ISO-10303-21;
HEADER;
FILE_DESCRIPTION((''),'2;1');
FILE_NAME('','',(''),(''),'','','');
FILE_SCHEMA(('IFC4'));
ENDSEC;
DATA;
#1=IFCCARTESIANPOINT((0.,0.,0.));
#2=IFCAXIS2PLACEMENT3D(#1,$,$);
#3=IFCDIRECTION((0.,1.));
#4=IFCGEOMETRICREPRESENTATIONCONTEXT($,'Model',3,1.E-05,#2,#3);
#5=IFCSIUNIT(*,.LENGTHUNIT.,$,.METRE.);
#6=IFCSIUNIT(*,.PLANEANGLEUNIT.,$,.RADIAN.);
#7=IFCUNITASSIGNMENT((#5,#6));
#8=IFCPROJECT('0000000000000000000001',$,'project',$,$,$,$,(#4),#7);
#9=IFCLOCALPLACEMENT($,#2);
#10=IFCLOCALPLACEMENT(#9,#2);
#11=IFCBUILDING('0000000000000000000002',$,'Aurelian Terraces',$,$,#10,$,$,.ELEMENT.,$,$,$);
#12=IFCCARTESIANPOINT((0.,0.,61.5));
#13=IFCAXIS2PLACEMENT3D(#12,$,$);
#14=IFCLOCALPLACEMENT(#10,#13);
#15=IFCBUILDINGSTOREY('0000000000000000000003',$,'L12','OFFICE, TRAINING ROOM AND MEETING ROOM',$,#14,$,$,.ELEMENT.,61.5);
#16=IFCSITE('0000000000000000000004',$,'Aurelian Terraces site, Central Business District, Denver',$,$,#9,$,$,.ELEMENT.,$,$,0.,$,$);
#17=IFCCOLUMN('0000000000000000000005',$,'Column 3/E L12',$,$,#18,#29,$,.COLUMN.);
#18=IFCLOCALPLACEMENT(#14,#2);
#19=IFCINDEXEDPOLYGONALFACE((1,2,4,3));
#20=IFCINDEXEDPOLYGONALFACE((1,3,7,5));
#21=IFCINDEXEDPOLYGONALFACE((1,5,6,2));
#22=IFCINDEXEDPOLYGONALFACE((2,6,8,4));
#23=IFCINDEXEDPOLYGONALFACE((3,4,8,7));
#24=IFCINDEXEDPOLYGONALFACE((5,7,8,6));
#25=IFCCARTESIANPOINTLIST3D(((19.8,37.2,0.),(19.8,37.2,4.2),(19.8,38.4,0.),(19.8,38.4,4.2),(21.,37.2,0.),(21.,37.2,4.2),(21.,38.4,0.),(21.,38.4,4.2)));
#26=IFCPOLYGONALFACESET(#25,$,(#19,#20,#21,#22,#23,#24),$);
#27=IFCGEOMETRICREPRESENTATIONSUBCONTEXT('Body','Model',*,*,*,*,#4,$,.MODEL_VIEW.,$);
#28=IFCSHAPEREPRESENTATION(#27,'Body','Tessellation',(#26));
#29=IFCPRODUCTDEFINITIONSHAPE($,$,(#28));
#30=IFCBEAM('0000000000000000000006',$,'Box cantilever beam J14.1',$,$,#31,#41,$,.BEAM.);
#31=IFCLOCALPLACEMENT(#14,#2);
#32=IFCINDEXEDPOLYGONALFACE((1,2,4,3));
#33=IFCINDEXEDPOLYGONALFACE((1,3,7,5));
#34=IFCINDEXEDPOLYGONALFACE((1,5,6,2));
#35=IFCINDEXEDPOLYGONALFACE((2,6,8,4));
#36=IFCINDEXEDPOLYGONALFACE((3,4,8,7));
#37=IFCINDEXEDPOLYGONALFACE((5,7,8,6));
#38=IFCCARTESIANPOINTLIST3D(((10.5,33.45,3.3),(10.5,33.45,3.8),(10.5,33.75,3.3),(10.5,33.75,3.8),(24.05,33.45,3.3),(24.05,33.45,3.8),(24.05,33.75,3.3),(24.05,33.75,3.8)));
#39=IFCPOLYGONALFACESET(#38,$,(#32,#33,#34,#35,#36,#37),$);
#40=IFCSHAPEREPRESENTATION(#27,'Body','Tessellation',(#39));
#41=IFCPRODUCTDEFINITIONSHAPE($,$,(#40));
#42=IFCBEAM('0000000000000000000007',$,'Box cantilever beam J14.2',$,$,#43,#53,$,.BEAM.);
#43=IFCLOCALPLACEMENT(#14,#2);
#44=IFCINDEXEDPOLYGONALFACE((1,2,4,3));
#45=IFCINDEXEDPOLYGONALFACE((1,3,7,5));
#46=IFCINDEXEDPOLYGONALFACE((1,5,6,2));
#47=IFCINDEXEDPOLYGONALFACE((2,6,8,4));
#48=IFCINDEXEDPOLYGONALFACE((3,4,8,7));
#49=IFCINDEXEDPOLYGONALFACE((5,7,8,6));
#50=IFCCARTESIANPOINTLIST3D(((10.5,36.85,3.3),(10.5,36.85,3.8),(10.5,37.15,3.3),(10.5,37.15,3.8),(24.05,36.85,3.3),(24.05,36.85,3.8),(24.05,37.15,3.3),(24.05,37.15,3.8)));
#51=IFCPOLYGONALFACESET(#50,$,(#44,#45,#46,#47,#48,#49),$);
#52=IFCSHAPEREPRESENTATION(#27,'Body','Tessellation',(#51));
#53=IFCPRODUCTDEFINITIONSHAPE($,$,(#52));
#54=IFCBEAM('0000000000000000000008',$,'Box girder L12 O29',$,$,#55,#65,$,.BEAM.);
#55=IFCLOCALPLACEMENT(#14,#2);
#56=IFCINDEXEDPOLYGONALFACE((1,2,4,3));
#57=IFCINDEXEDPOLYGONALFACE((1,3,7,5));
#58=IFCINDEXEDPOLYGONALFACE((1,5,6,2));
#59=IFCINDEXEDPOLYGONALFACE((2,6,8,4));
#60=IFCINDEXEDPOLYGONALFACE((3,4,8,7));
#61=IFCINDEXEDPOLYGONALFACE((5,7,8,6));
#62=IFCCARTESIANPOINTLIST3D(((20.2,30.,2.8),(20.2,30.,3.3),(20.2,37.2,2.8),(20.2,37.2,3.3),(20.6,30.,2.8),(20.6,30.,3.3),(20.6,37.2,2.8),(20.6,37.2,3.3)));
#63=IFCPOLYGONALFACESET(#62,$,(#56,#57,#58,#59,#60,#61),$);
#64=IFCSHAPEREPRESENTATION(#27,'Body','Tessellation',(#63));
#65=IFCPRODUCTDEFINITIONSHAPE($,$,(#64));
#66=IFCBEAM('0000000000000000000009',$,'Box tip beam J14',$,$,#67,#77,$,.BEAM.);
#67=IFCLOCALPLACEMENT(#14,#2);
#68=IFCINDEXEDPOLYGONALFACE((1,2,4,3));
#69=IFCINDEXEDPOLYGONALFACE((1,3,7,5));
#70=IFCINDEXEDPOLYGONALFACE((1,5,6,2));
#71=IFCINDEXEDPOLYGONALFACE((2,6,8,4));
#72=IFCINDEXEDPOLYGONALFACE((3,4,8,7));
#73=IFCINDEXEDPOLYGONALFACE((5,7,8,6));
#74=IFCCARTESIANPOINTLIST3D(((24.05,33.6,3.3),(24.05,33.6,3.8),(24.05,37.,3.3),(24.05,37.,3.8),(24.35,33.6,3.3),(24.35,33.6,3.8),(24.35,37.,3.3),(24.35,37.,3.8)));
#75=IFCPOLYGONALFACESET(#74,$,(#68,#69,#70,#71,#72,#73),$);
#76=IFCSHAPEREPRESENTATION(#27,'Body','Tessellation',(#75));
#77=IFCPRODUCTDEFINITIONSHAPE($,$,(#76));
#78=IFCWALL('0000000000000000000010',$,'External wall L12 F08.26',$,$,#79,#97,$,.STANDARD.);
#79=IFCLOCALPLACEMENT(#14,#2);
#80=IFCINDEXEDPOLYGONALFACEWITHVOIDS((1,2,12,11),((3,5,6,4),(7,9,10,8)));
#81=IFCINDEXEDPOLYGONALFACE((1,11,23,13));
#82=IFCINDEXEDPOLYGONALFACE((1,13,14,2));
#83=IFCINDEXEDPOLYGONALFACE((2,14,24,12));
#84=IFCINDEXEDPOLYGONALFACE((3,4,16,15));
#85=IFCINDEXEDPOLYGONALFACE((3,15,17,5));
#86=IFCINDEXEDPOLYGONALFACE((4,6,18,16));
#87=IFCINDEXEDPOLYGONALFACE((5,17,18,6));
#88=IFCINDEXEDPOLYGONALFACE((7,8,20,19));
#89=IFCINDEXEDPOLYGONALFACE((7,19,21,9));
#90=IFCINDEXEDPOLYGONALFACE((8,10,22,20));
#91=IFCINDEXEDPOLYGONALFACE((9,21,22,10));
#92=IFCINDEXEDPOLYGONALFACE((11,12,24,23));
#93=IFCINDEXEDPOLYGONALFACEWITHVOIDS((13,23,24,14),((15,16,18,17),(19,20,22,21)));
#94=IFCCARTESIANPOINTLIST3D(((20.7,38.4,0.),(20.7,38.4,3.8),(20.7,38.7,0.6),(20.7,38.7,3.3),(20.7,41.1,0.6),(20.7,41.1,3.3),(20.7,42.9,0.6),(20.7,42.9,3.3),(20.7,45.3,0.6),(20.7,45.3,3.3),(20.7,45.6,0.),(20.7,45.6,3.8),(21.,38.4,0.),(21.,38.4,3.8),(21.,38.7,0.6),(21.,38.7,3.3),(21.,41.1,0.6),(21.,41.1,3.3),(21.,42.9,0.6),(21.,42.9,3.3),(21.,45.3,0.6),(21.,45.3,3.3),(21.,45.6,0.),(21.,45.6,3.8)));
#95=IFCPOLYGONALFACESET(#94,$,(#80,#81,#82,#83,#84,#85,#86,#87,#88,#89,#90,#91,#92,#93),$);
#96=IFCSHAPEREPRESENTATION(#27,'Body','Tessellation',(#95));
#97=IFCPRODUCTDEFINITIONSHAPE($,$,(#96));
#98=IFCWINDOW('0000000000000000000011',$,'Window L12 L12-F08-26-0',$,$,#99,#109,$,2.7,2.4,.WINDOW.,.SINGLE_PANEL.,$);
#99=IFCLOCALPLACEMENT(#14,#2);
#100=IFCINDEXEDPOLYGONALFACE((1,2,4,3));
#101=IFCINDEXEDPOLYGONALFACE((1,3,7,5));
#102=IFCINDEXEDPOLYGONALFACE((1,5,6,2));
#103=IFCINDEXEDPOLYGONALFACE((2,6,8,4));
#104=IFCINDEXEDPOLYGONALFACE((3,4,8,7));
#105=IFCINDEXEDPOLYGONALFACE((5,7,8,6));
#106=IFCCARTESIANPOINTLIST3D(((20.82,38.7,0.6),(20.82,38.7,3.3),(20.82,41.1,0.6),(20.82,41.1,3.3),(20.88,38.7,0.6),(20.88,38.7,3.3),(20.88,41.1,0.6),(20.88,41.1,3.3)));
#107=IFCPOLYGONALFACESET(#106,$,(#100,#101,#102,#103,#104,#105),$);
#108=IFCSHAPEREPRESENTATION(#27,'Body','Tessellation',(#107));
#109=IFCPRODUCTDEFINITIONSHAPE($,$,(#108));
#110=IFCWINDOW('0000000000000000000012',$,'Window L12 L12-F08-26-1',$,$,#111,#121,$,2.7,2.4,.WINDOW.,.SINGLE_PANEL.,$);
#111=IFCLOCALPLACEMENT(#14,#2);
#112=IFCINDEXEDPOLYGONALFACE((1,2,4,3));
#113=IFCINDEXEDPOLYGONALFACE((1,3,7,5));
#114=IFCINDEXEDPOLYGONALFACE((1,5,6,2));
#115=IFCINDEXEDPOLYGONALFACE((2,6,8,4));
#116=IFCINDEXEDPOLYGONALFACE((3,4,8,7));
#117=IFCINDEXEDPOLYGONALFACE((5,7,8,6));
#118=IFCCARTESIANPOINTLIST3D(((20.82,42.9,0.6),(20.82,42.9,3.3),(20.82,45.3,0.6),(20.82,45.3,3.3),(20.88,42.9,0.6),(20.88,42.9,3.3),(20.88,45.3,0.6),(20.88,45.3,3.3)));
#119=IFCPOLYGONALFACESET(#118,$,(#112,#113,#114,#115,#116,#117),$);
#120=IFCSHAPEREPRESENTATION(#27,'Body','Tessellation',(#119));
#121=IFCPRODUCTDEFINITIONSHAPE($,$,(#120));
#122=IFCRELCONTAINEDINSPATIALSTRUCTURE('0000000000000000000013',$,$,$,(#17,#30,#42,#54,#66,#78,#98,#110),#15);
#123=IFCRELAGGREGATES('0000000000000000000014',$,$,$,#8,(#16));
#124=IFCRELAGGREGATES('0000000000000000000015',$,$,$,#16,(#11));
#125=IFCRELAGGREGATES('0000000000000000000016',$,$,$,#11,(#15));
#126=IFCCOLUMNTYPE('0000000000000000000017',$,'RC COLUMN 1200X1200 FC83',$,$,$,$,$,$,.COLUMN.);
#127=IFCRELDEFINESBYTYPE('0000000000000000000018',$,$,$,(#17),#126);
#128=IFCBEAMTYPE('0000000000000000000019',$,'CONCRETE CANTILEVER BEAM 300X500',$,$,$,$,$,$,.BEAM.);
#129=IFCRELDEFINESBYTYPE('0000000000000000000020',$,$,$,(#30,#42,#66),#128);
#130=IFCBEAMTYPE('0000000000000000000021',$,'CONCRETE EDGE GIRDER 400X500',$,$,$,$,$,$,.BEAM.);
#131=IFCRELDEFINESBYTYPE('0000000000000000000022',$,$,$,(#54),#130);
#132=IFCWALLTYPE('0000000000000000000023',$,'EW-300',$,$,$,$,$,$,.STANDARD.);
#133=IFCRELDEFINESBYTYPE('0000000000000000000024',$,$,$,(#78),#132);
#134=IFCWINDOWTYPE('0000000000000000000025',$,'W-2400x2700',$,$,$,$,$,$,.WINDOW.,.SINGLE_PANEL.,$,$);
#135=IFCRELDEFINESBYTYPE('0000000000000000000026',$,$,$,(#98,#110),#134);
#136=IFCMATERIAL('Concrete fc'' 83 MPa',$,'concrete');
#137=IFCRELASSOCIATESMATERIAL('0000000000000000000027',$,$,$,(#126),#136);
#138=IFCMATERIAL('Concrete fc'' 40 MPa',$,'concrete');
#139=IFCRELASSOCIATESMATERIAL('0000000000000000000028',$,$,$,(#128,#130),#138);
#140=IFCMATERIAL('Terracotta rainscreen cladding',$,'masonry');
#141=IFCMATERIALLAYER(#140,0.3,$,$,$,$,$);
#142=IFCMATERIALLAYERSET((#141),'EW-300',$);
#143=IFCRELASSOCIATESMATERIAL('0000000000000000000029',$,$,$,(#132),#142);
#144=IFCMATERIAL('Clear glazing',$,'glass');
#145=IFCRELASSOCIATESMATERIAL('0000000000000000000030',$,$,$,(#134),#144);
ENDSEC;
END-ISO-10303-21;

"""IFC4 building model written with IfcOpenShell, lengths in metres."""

from ifc_helpers import new_model, si_unit, direction, frame, frame_2d, origin, origin_2d, place, context, subcontext, project, spatial, rectangle, extrude, source, transform, mapped, material, layer, layer_set, material_profile, profile_set, type_object, element, fill, save


model = new_model("IFC4")

# Units and contexts
model_context = context("Model", 3, precision=1e-05, world=origin(), true_north=direction((0.0, 1.0)))
body_context = subcontext(model_context, "Body", "Model", "MODEL_VIEW")
ifc_project = project(units=[si_unit("LENGTHUNIT", "METRE"), si_unit("PLANEANGLEUNIT", "RADIAN")], contexts=[model_context])

# Site, building, storey
site_placement = place(None, origin())
site = spatial("IfcSite", under=ifc_project, at=site_placement, Name="Aurelian Terraces site, Central Business District, Denver", CompositionType="ELEMENT", RefElevation=0.0)
building_placement = place(site_placement, origin())
building = spatial("IfcBuilding", under=site, at=building_placement, Name="Aurelian Terraces", CompositionType="ELEMENT")
storey_placement = place(building_placement, frame((0.0, 0.0, 61.5)))
storey = spatial("IfcBuildingStorey", under=building, at=storey_placement, Name="L12", Description="OFFICE, TRAINING ROOM AND MEETING ROOM", CompositionType="ELEMENT", Elevation=61.5)

# Column
ifc_material_1 = material(Name="Concrete fc' 83 MPa", Category="concrete")
ifc_material_profile_1 = material_profile(ifc_material_1, rectangle(XDim=1.2, YDim=1.2, at=origin_2d()))
ifc_profile_set_1 = profile_set([ifc_material_profile_1], Name="Concrete fc' 83 MPa")
column_type = type_object("IfcColumnType", Name="RC COLUMN 1200X1200 FC83", PredefinedType="COLUMN", material=ifc_profile_set_1)
shared_shape_1 = source(origin(), body_context, "Body", "SweptSolid", [
    extrude(rectangle(XDim=1.2, YDim=1.2, at=origin_2d()), origin(), (0.0, 0.0, 1.0), 4.2),
])
column_placement = place(storey_placement, frame((20.4, 37.8, 0.0), z_axis=(0.0, 0.0, 1.0), x_axis=(1.0, 0.0, 0.0)))
element("IfcColumn", 1, at=column_placement, inside=storey, type_object=column_type, Name="Column 3/E L12", PredefinedType="COLUMN", context=body_context, shape_type="MappedRepresentation", body=[
    mapped(shared_shape_1, transform((0.0, 0.0, 0.0), scale=1.0)),
])

# Beams
ifc_material_2 = material(Name="Concrete fc' 40 MPa", Category="concrete")
ifc_material_profile_2 = material_profile(ifc_material_2, rectangle(XDim=0.3, YDim=0.5, at=origin_2d()))
ifc_profile_set_2 = profile_set([ifc_material_profile_2], Name="Concrete fc' 40 MPa")
beam_type_1 = type_object("IfcBeamType", Name="CONCRETE CANTILEVER BEAM 300X500", PredefinedType="BEAM", material=ifc_profile_set_2)
shared_shape_2 = source(origin(), body_context, "Body", "SweptSolid", [
    extrude(rectangle(XDim=0.3, YDim=0.5, at=origin_2d()), origin(), (0.0, 0.0, 1.0), 13.55),
])
for number, where, z_axis, x_axis, name in (
    (2, (24.05, 33.6, 3.55), (-1.0, 0.0, 0.0), (0.0, -1.0, 0.0), "Box cantilever beam J14.1"),
    (3, (24.05, 37.0, 3.55), (-1.0, 0.0, 0.0), (0.0, -1.0, 0.0), "Box cantilever beam J14.2"),
):
    element("IfcBeam", number, at=place(storey_placement, frame(where, z_axis=z_axis, x_axis=x_axis)), inside=storey, type_object=beam_type_1, Name=name, PredefinedType="BEAM", context=body_context, shape_type="MappedRepresentation", body=[
        mapped(shared_shape_2, transform((0.0, 0.0, 0.0), scale=1.0)),
    ])
ifc_material_profile_3 = material_profile(ifc_material_2, rectangle(XDim=0.4, YDim=0.5, at=origin_2d()))
ifc_profile_set_3 = profile_set([ifc_material_profile_3], Name="Concrete fc' 40 MPa")
beam_type_2 = type_object("IfcBeamType", Name="CONCRETE EDGE GIRDER 400X500", PredefinedType="BEAM", material=ifc_profile_set_3)
shared_shape_3 = source(origin(), body_context, "Body", "SweptSolid", [
    extrude(rectangle(XDim=0.4, YDim=0.5, at=origin_2d()), origin(), (0.0, 0.0, 1.0), 7.2),
])
beam_1_placement = place(storey_placement, frame((20.4, 30.0, 3.05), z_axis=(0.0, 1.0, 0.0), x_axis=(-1.0, 0.0, 0.0)))
element("IfcBeam", 4, at=beam_1_placement, inside=storey, type_object=beam_type_2, Name="Box girder L12 O29", PredefinedType="BEAM", context=body_context, shape_type="MappedRepresentation", body=[
    mapped(shared_shape_3, transform((0.0, 0.0, 0.0), scale=1.0)),
])
shared_shape_4 = source(origin(), body_context, "Body", "SweptSolid", [
    extrude(rectangle(XDim=0.3, YDim=0.5, at=origin_2d()), origin(), (0.0, 0.0, 1.0), 3.4),
])
beam_2_placement = place(storey_placement, frame((24.2, 33.6, 3.55), z_axis=(0.0, 1.0, 0.0), x_axis=(-1.0, 0.0, 0.0)))
element("IfcBeam", 5, at=beam_2_placement, inside=storey, type_object=beam_type_1, Name="Box tip beam J14", PredefinedType="BEAM", context=body_context, shape_type="MappedRepresentation", body=[
    mapped(shared_shape_4, transform((0.0, 0.0, 0.0), scale=1.0)),
])

# Wall, openings, windows
ifc_material_3 = material(Name="Terracotta rainscreen cladding", Category="masonry")
ifc_layer_1 = layer(ifc_material_3, 0.3)
ifc_layer_set_1 = layer_set([ifc_layer_1], Name="EW-300")
wall_type_1 = type_object("IfcWallType", Name="EW-300", PredefinedType="STANDARD", material=ifc_layer_set_1)
shared_shape_5 = source(origin(), body_context, "Body", "SweptSolid", [
    extrude(rectangle(XDim=7.2, YDim=0.3, at=frame_2d((3.6, 0.0))), origin(), (0.0, 0.0, 1.0), 3.8),
])
wall_1_placement = place(storey_placement, frame((20.85, 38.4, 0.0), z_axis=(0.0, 0.0, 1.0), x_axis=(0.0, 1.0, 0.0)))
wall_1 = element("IfcWall", 6, at=wall_1_placement, inside=storey, type_object=wall_type_1, Name="External wall L12 F08.26", PredefinedType="STANDARD", context=body_context, shape_type="MappedRepresentation", body=[
    mapped(shared_shape_5, transform((0.0, 0.0, 0.0), scale=1.0)),
])
shared_shape_6 = source(origin(), body_context, "Body", "SweptSolid", [
    extrude(rectangle(XDim=2.4, YDim=2.7, at=frame_2d((1.2, 1.35))), frame((0.0, 0.16, 0.0), z_axis=(0.0, -1.0, 0.0), x_axis=(1.0, 0.0, 0.0)), (0.0, 0.0, 1.0), 0.32),
])
opening_1_placement = place(wall_1_placement, frame((0.3, 0.0, 0.6)))
opening_1 = element("IfcOpeningElement", 7, at=opening_1_placement, cuts=wall_1, PredefinedType="OPENING", context=body_context, shape_type="MappedRepresentation", body=[
    mapped(shared_shape_6, transform((0.0, 0.0, 0.0), scale=1.0)),
])
opening_2_placement = place(wall_1_placement, frame((4.5, 0.0, 0.6)))
opening_2 = element("IfcOpeningElement", 8, at=opening_2_placement, cuts=wall_1, PredefinedType="OPENING", context=body_context, shape_type="MappedRepresentation", body=[
    mapped(shared_shape_6, transform((0.0, 0.0, 0.0), scale=1.0)),
])
ifc_material_4 = material(Name="Clear glazing", Category="glass")
window_type_1 = type_object("IfcWindowType", Name="W-2400x2700", PartitioningType="SINGLE_PANEL", PredefinedType="WINDOW", material=ifc_material_4)
shared_shape_7 = source(origin(), body_context, "Body", "SweptSolid", [
    extrude(rectangle(XDim=2.4, YDim=2.7, at=frame_2d((1.2, 1.35))), frame((0.0, 0.03, 0.0), z_axis=(0.0, -1.0, 0.0), x_axis=(1.0, 0.0, 0.0)), (0.0, 0.0, 1.0), 0.06),
])
window_1_placement = place(opening_1_placement, origin())
window_1 = element("IfcWindow", 9, at=window_1_placement, inside=storey, type_object=window_type_1, Name="Window L12 L12-F08-26-0", OverallHeight=2.7, OverallWidth=2.4, PartitioningType="SINGLE_PANEL", PredefinedType="WINDOW", context=body_context, shape_type="MappedRepresentation", body=[
    mapped(shared_shape_7, transform((0.0, 0.0, 0.0), scale=1.0)),
])
fill(opening_1, window_1)
window_2_placement = place(opening_2_placement, origin())
window_2 = element("IfcWindow", 10, at=window_2_placement, inside=storey, type_object=window_type_1, Name="Window L12 L12-F08-26-1", OverallHeight=2.7, OverallWidth=2.4, PartitioningType="SINGLE_PANEL", PredefinedType="WINDOW", context=body_context, shape_type="MappedRepresentation", body=[
    mapped(shared_shape_7, transform((0.0, 0.0, 0.0), scale=1.0)),
])
fill(opening_2, window_2)

save(model, "model.ifc")
